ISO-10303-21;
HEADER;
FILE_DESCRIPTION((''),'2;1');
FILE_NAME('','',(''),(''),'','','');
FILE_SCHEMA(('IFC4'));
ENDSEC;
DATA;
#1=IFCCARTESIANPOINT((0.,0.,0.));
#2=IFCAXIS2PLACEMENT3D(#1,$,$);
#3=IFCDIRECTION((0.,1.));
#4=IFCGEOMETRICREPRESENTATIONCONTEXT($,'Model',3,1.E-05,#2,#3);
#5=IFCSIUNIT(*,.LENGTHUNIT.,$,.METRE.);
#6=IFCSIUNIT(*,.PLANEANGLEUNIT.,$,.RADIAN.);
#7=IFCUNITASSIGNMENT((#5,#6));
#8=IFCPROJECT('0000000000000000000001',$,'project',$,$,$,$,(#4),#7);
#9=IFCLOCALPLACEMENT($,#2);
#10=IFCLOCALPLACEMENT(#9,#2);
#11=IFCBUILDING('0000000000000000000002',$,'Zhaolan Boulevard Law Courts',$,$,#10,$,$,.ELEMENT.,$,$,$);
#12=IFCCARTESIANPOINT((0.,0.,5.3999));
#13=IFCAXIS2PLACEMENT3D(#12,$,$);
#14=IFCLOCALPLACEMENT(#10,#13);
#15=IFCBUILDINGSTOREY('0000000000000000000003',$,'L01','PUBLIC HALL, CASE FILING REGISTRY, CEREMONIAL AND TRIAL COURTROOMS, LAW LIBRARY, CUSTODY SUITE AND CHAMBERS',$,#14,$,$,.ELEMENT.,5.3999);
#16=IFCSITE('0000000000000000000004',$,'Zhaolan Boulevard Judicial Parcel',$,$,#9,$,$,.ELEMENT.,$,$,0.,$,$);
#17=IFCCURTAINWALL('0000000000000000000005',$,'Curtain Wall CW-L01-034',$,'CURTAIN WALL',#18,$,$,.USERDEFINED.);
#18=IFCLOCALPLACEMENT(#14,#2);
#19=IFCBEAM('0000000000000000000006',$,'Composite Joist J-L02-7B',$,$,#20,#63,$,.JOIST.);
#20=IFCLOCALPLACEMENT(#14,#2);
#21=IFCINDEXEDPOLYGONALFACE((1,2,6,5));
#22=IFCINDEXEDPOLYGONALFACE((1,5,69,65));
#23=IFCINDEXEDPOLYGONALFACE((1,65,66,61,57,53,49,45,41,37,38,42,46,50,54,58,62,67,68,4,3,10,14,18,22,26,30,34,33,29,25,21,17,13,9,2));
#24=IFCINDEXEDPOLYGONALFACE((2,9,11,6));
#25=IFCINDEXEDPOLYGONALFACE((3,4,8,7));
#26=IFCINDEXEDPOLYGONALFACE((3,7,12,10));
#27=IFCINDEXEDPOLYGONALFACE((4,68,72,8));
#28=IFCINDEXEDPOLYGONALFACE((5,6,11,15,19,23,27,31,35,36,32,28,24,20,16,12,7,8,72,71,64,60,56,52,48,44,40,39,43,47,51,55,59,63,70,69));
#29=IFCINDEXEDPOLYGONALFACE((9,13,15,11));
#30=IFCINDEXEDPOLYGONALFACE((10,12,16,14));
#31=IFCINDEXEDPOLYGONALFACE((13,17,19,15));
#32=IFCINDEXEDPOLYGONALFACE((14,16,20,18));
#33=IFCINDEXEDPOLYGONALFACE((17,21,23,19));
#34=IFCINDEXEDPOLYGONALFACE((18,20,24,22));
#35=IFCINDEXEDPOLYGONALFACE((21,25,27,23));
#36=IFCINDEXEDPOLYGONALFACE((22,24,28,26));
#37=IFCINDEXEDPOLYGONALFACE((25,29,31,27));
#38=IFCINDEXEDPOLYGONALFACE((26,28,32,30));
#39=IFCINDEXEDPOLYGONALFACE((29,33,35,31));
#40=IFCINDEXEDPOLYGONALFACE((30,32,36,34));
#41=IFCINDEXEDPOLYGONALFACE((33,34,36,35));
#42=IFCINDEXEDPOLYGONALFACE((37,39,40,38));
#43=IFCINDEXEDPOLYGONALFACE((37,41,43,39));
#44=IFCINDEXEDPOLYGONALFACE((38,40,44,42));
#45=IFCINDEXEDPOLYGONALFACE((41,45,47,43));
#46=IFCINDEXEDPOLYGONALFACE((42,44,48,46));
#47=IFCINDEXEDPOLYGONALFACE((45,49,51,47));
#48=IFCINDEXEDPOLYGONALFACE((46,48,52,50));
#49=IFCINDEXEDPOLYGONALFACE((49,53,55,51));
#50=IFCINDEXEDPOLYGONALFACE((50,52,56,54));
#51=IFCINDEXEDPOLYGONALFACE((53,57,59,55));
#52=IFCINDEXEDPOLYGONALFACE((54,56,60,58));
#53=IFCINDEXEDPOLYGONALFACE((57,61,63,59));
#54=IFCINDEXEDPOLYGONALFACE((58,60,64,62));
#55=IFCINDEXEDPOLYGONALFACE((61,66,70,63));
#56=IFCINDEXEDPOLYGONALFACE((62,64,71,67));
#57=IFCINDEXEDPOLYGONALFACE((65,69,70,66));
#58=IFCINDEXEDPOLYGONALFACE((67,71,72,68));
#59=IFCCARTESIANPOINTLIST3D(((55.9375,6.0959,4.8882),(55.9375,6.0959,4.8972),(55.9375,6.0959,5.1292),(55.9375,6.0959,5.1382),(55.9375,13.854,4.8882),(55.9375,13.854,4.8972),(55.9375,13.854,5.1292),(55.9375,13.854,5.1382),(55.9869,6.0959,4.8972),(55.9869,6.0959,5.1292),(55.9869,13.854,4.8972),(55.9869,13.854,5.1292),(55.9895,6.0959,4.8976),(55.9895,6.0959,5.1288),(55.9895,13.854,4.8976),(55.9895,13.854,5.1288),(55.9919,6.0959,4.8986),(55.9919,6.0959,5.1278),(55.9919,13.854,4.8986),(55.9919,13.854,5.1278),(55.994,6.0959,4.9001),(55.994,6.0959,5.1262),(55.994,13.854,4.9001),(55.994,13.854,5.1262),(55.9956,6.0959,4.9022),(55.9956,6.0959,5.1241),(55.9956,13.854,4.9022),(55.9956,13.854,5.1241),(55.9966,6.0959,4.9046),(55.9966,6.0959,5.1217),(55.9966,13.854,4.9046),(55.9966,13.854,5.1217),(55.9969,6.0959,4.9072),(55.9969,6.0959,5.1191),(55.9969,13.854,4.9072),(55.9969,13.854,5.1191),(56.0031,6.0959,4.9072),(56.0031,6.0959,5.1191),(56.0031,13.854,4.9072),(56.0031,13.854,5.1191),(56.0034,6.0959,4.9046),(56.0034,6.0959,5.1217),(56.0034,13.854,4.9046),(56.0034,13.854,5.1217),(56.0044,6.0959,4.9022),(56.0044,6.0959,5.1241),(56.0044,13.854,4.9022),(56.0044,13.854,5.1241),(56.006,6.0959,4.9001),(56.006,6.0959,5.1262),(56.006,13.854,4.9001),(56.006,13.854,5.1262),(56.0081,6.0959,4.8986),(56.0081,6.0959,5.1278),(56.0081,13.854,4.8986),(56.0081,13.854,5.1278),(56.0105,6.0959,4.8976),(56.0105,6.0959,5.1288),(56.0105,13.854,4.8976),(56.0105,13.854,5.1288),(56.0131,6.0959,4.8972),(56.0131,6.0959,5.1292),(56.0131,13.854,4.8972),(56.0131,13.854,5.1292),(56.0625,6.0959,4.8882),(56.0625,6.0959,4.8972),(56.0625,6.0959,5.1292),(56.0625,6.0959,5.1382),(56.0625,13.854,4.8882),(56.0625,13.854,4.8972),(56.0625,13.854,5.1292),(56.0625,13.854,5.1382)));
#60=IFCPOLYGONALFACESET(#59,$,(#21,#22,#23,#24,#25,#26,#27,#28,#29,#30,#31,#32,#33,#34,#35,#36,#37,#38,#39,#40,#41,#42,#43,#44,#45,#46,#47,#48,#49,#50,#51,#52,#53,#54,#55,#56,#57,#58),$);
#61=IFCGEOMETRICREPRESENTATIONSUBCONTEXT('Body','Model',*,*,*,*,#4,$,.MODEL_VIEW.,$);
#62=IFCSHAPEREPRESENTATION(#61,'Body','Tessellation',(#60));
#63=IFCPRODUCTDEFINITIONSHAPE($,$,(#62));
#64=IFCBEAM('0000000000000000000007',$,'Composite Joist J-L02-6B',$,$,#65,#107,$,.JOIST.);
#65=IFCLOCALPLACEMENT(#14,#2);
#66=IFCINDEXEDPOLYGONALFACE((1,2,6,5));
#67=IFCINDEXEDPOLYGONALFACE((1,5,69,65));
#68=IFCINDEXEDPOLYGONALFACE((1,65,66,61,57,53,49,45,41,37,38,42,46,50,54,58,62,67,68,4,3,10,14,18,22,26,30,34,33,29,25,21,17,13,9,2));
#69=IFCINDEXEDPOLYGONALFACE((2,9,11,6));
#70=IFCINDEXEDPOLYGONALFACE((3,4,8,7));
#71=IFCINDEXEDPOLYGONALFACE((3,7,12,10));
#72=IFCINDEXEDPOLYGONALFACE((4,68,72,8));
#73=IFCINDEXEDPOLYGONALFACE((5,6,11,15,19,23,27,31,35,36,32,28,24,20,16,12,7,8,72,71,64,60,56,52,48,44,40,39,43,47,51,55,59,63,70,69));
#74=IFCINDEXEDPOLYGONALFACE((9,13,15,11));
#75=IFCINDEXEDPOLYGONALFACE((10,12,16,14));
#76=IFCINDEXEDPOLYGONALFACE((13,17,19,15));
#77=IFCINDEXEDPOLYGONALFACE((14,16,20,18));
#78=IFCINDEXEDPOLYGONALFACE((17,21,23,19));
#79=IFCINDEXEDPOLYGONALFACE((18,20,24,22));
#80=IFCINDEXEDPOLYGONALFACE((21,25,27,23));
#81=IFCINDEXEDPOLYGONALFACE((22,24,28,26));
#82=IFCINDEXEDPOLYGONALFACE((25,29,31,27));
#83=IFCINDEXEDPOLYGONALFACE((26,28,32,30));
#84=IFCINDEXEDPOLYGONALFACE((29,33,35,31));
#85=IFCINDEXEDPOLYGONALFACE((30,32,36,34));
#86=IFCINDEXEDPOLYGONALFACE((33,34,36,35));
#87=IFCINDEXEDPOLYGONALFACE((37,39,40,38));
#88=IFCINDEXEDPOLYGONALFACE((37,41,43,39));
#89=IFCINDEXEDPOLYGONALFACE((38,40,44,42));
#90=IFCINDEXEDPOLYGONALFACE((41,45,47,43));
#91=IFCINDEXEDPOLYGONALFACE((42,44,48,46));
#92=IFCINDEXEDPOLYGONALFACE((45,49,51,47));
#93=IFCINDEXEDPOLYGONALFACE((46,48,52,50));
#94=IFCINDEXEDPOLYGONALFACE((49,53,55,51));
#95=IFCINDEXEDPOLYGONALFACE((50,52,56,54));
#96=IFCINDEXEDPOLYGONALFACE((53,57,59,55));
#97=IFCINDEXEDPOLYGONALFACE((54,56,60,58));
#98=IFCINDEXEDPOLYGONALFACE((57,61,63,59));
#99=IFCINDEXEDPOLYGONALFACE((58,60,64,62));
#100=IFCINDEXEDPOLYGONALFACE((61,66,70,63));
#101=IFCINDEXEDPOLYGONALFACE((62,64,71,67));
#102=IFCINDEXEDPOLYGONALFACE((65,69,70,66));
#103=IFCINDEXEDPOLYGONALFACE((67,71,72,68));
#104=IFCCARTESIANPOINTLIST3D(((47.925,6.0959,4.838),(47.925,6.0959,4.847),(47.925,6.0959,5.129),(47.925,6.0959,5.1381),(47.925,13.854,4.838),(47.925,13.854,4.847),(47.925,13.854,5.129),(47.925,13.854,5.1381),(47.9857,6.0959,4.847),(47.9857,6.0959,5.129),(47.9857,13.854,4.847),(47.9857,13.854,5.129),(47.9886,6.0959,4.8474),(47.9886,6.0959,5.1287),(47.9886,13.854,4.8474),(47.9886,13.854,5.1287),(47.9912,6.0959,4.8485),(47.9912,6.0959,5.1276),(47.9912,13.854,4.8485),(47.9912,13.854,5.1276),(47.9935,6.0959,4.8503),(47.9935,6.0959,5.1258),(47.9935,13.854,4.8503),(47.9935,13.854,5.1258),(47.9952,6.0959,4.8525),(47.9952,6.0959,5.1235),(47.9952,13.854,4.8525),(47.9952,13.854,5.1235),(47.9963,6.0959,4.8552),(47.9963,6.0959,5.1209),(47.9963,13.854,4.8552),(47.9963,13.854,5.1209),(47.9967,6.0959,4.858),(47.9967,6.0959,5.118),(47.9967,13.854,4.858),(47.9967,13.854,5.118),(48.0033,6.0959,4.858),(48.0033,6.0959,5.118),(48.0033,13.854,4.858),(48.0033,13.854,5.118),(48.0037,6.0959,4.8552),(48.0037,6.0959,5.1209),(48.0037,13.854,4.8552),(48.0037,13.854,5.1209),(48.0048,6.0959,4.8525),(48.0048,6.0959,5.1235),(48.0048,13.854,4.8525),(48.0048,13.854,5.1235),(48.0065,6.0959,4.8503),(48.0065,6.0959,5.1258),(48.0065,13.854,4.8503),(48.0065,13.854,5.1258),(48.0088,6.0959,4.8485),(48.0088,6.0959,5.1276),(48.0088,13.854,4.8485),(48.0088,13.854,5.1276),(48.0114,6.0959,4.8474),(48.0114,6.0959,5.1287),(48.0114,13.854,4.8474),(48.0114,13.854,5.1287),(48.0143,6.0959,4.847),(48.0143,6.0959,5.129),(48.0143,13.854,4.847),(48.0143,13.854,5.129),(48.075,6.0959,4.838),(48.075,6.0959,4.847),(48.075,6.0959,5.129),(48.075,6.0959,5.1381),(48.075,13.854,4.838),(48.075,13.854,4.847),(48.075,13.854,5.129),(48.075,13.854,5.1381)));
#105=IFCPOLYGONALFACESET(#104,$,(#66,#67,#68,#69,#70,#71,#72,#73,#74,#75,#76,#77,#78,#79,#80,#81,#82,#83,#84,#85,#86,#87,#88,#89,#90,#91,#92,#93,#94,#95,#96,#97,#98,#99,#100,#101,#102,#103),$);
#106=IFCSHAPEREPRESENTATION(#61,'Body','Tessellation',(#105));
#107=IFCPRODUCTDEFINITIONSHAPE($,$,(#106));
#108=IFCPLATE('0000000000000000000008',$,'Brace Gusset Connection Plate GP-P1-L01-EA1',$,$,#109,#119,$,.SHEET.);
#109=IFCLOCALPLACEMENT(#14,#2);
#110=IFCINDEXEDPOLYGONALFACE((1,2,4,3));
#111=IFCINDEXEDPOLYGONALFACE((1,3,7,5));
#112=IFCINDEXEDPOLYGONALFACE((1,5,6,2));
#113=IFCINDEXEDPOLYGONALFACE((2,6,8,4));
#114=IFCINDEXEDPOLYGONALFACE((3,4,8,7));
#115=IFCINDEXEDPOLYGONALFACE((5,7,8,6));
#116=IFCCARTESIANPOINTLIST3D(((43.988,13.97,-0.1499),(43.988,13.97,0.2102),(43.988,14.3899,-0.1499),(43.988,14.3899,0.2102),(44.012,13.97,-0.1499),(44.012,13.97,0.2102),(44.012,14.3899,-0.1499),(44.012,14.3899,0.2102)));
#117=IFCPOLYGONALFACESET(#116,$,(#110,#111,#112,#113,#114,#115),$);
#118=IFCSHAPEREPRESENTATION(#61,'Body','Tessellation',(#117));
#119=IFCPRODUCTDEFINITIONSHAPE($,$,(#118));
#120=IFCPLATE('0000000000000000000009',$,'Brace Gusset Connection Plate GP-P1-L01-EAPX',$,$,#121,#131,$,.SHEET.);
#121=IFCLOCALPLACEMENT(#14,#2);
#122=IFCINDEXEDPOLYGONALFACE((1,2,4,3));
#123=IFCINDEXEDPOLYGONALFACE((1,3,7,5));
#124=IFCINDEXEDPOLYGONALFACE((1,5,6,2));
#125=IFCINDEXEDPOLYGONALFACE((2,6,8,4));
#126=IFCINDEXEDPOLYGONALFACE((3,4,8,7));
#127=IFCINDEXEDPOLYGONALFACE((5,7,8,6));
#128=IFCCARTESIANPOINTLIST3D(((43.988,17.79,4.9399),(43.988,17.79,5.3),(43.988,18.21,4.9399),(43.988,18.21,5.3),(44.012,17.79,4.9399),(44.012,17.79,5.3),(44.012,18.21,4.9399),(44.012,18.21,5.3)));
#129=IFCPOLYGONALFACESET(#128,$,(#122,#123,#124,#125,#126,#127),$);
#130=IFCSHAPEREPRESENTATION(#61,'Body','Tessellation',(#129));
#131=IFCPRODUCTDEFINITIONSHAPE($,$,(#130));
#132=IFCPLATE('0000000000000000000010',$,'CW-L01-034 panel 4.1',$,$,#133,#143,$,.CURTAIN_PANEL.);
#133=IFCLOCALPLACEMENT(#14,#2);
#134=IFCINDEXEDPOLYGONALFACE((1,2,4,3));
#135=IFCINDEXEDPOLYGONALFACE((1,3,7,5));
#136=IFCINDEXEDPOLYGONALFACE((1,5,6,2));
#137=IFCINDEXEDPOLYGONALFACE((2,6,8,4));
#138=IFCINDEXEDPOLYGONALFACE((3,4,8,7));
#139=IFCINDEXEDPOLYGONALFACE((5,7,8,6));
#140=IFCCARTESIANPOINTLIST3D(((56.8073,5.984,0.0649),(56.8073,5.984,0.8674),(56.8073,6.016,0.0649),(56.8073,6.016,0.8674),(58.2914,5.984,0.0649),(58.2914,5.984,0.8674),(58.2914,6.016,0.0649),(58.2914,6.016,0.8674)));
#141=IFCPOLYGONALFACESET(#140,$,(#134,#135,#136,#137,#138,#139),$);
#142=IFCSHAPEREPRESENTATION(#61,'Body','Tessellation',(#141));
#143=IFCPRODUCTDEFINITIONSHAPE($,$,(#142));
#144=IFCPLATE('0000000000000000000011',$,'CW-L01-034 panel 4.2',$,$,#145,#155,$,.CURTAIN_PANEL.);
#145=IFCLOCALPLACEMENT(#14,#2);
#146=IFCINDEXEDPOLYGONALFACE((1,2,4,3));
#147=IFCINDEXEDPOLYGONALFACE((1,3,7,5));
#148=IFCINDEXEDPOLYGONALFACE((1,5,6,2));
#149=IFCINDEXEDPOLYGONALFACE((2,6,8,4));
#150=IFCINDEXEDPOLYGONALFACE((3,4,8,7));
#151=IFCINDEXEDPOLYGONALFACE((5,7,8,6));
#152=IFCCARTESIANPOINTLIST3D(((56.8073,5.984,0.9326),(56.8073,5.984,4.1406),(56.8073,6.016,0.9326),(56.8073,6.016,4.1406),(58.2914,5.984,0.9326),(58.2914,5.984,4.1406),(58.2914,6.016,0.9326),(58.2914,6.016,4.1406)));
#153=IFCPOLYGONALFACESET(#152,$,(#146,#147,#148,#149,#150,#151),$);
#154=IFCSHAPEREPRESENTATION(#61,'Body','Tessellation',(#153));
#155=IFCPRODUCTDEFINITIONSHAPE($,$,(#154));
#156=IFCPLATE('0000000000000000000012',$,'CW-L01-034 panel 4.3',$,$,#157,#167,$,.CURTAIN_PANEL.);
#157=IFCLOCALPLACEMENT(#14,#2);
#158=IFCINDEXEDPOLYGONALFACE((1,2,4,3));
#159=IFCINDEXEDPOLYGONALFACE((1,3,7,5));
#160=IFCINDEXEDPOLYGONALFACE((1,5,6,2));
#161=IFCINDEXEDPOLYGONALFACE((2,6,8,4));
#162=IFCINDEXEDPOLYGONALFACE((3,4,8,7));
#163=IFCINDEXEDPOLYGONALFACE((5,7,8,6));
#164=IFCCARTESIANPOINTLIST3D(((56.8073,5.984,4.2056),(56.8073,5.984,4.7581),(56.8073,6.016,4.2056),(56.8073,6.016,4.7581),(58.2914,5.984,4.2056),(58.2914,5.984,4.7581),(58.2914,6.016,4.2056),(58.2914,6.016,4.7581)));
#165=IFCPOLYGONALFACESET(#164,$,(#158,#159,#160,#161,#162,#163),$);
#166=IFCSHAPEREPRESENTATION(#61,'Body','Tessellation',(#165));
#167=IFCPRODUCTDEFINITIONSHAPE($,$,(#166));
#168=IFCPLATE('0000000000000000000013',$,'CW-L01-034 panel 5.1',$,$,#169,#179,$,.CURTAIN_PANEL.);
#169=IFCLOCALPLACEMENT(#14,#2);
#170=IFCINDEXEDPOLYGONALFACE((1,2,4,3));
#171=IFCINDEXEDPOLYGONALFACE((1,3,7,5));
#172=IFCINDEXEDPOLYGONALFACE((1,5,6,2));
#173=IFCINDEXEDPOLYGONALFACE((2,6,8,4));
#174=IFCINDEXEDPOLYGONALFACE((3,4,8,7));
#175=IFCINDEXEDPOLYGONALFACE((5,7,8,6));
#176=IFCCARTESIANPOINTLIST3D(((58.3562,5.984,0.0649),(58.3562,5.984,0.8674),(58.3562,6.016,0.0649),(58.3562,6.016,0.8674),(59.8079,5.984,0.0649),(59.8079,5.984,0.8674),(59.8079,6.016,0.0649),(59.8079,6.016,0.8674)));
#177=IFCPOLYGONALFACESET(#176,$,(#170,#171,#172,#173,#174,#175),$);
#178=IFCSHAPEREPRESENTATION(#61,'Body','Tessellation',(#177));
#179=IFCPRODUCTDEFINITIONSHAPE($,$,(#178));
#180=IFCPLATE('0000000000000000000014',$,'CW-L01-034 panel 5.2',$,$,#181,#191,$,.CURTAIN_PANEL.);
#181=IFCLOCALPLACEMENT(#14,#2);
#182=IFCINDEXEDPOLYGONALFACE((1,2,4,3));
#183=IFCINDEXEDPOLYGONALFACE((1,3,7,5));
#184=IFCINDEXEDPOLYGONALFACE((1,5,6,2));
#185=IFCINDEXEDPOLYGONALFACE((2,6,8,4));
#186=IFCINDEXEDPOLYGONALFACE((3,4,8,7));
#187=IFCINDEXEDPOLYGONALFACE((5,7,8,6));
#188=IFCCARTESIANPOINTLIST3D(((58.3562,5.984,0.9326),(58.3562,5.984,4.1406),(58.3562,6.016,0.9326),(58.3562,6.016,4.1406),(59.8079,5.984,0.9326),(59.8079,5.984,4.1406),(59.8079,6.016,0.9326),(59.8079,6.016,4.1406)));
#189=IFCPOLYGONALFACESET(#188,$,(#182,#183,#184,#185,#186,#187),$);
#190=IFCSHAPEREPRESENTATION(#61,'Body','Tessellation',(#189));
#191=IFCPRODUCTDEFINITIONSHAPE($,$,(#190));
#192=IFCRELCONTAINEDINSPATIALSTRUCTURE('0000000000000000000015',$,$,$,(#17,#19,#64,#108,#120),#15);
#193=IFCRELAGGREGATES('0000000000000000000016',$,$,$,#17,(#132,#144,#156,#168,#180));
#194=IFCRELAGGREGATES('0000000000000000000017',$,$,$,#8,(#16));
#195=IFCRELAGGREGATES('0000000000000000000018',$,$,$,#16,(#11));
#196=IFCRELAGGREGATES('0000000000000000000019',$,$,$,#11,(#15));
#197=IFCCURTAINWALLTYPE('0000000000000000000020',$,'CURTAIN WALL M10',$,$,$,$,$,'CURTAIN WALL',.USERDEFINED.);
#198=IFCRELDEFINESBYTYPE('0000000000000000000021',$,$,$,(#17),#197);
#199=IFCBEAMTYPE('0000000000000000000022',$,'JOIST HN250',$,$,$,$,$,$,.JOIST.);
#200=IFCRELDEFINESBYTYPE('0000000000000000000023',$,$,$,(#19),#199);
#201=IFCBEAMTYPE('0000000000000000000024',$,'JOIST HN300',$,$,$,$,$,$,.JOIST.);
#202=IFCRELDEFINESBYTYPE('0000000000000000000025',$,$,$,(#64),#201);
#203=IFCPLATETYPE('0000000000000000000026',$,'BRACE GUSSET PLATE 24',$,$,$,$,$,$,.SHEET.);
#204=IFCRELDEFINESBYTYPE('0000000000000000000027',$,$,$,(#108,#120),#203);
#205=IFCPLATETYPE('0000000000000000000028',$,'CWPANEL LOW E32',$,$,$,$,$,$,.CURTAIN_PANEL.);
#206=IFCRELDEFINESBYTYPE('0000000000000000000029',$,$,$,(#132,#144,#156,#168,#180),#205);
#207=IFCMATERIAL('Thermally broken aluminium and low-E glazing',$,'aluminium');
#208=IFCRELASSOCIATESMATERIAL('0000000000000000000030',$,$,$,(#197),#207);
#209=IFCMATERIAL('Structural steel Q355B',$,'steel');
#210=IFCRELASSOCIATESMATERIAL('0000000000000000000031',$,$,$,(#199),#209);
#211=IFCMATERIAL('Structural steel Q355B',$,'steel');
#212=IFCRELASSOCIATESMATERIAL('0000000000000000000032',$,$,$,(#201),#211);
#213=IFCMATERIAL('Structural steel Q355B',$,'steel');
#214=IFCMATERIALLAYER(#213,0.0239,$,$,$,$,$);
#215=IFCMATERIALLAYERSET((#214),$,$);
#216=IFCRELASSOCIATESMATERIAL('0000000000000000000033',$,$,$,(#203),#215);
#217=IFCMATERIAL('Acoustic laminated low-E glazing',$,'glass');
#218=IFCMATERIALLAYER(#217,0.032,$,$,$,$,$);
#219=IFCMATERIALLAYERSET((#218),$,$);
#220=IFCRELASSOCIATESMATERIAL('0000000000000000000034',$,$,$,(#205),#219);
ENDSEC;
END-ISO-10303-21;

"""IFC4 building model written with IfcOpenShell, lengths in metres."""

from ifc_helpers import new_model, si_unit, direction, frame, origin, origin_2d, place, context, subcontext, project, spatial, rectangle, i_section, extrude, material, layer, layer_set, material_profile, profile_set, type_object, element, aggregate, save


model = new_model("IFC4")

# Units and contexts
model_context = context("Model", 3, precision=1e-05, world=origin(), true_north=direction((0.0, 1.0)))
body_context = subcontext(model_context, "Body", "Model", "MODEL_VIEW")
ifc_project = project(units=[si_unit("LENGTHUNIT", "METRE"), si_unit("PLANEANGLEUNIT", "RADIAN")], contexts=[model_context])

# Site, building, storey
site_placement = place(None, origin())
site = spatial("IfcSite", under=ifc_project, at=site_placement, Name="Zhaolan Boulevard Judicial Parcel", CompositionType="ELEMENT", RefElevation=0.0)
building_placement = place(site_placement, origin())
building = spatial("IfcBuilding", under=site, at=building_placement, Name="Zhaolan Boulevard Law Courts", CompositionType="ELEMENT")
storey_placement = place(building_placement, frame((0.0, 0.0, 5.3999)))
storey = spatial("IfcBuildingStorey", under=building, at=storey_placement, Name="L01", Description="PUBLIC HALL, CASE FILING REGISTRY, CEREMONIAL AND TRIAL COURTROOMS, LAW LIBRARY, CUSTODY SUITE AND CHAMBERS", CompositionType="ELEMENT", Elevation=5.3999)

# Curtain wall
ifc_material_1 = material(Name="Thermally broken aluminium and low-E glazing", Category="aluminium")
curtain_wall_type = type_object("IfcCurtainWallType", Name="CURTAIN WALL M10", ElementType="CURTAIN WALL", PredefinedType="USERDEFINED", material=ifc_material_1)
curtain_wall_placement = place(storey_placement, origin())
curtain_wall = element("IfcCurtainWall", 1, at=curtain_wall_placement, inside=storey, type_object=curtain_wall_type, Name="Curtain Wall CW-L01-034", ObjectType="CURTAIN WALL", PredefinedType="USERDEFINED")

# Beams
ifc_material_2 = material(Name="Structural steel Q355B", Category="steel")
ifc_material_profile_1 = material_profile(ifc_material_2, i_section(OverallWidth=0.125, OverallDepth=0.25, WebThickness=0.0061, FlangeThickness=0.009, FilletRadius=0.01, at=origin_2d()), Name="HN250x125")
ifc_profile_set_1 = profile_set([ifc_material_profile_1], Name="Structural steel Q355B")
beam_type_1 = type_object("IfcBeamType", Name="JOIST HN250", PredefinedType="JOIST", material=ifc_profile_set_1)
beam_1_placement = place(storey_placement, frame((56.0, 6.0959, 5.0132), z_axis=(0.0, 1.0, 0.0), x_axis=(-1.0, 0.0, 0.0)))
element("IfcBeam", 2, at=beam_1_placement, inside=storey, type_object=beam_type_1, Name="Composite Joist J-L02-7B", PredefinedType="JOIST", context=body_context, shape_type="SweptSolid", body=[
    extrude(i_section(OverallWidth=0.125, OverallDepth=0.25, WebThickness=0.0061, FlangeThickness=0.009, FilletRadius=0.01, at=origin_2d()), origin(), (0.0, 0.0, 1.0), 7.7581),
])
ifc_material_3 = material(Name="Structural steel Q355B", Category="steel")
ifc_material_profile_2 = material_profile(ifc_material_3, i_section(OverallWidth=0.1499, OverallDepth=0.3, WebThickness=0.0066, FlangeThickness=0.009, FilletRadius=0.011, at=origin_2d()), Name="HN300x150")
ifc_profile_set_2 = profile_set([ifc_material_profile_2], Name="Structural steel Q355B")
beam_type_2 = type_object("IfcBeamType", Name="JOIST HN300", PredefinedType="JOIST", material=ifc_profile_set_2)
beam_2_placement = place(storey_placement, frame((48.0, 6.0959, 4.988), z_axis=(0.0, 1.0, 0.0), x_axis=(-1.0, 0.0, 0.0)))
element("IfcBeam", 3, at=beam_2_placement, inside=storey, type_object=beam_type_2, Name="Composite Joist J-L02-6B", PredefinedType="JOIST", context=body_context, shape_type="SweptSolid", body=[
    extrude(i_section(OverallWidth=0.1499, OverallDepth=0.3, WebThickness=0.0066, FlangeThickness=0.009, FilletRadius=0.011, at=origin_2d()), origin(), (0.0, 0.0, 1.0), 7.7581),
])

# Plates
ifc_material_4 = material(Name="Structural steel Q355B", Category="steel")
ifc_layer_1 = layer(ifc_material_4, 0.0239)
ifc_layer_set_1 = layer_set([ifc_layer_1])
plate_type_1 = type_object("IfcPlateType", Name="BRACE GUSSET PLATE 24", PredefinedType="SHEET", material=ifc_layer_set_1)
for number, where, z_axis, x_axis, name in (
    (4, (44.0, 14.1799, -0.1499), (0.0, 0.0, 1.0), (0.0, 1.0, 0.0), "Brace Gusset Connection Plate GP-P1-L01-EA1"),
    (5, (44.0, 18.0, 4.9399), (0.0, 0.0, 1.0), (0.0, 1.0, 0.0), "Brace Gusset Connection Plate GP-P1-L01-EAPX"),
):
    element("IfcPlate", number, at=place(storey_placement, frame(where, z_axis=z_axis, x_axis=x_axis)), inside=storey, type_object=plate_type_1, Name=name, PredefinedType="SHEET", context=body_context, shape_type="SweptSolid", body=[
        extrude(rectangle(XDim=0.4199, YDim=0.0239, at=origin_2d()), origin(), (0.0, 0.0, 1.0), 0.3601),
    ])

# Plates
ifc_material_5 = material(Name="Acoustic laminated low-E glazing", Category="glass")
ifc_layer_2 = layer(ifc_material_5, 0.032)
ifc_layer_set_2 = layer_set([ifc_layer_2])
plate_type_2 = type_object("IfcPlateType", Name="CWPANEL LOW E32", PredefinedType="CURTAIN_PANEL", material=ifc_layer_set_2)
plate_1_placement = place(storey_placement, frame((57.5493, 6.0, 0.0649), z_axis=(0.0, 0.0, 1.0), x_axis=(1.0, 0.0, 0.0)))
plate_1 = element("IfcPlate", 6, at=plate_1_placement, type_object=plate_type_2, Name="CW-L01-034 panel 4.1", PredefinedType="CURTAIN_PANEL", context=body_context, shape_type="SweptSolid", body=[
    extrude(rectangle(XDim=1.4841, YDim=0.032, at=origin_2d()), origin(), (0.0, 0.0, 1.0), 0.8025),
])
plate_2_placement = place(storey_placement, frame((57.5493, 6.0, 0.9326), z_axis=(0.0, 0.0, 1.0), x_axis=(1.0, 0.0, 0.0)))
plate_2 = element("IfcPlate", 7, at=plate_2_placement, type_object=plate_type_2, Name="CW-L01-034 panel 4.2", PredefinedType="CURTAIN_PANEL", context=body_context, shape_type="SweptSolid", body=[
    extrude(rectangle(XDim=1.4841, YDim=0.032, at=origin_2d()), origin(), (0.0, 0.0, 1.0), 3.208),
])
plate_3_placement = place(storey_placement, frame((57.5493, 6.0, 4.2056), z_axis=(0.0, 0.0, 1.0), x_axis=(1.0, 0.0, 0.0)))
plate_3 = element("IfcPlate", 8, at=plate_3_placement, type_object=plate_type_2, Name="CW-L01-034 panel 4.3", PredefinedType="CURTAIN_PANEL", context=body_context, shape_type="SweptSolid", body=[
    extrude(rectangle(XDim=1.4841, YDim=0.032, at=origin_2d()), origin(), (0.0, 0.0, 1.0), 0.5525),
])
plate_4_placement = place(storey_placement, frame((59.082, 6.0, 0.0649), z_axis=(0.0, 0.0, 1.0), x_axis=(1.0, 0.0, 0.0)))
plate_4 = element("IfcPlate", 9, at=plate_4_placement, type_object=plate_type_2, Name="CW-L01-034 panel 5.1", PredefinedType="CURTAIN_PANEL", context=body_context, shape_type="SweptSolid", body=[
    extrude(rectangle(XDim=1.4517, YDim=0.032, at=origin_2d()), origin(), (0.0, 0.0, 1.0), 0.8025),
])
plate_5_placement = place(storey_placement, frame((59.082, 6.0, 0.9326), z_axis=(0.0, 0.0, 1.0), x_axis=(1.0, 0.0, 0.0)))
plate_5 = element("IfcPlate", 10, at=plate_5_placement, type_object=plate_type_2, Name="CW-L01-034 panel 5.2", PredefinedType="CURTAIN_PANEL", context=body_context, shape_type="SweptSolid", body=[
    extrude(rectangle(XDim=1.4517, YDim=0.032, at=origin_2d()), origin(), (0.0, 0.0, 1.0), 3.208),
])
aggregate(curtain_wall, [plate_1, plate_2, plate_3, plate_4, plate_5])

save(model, "model.ifc")
